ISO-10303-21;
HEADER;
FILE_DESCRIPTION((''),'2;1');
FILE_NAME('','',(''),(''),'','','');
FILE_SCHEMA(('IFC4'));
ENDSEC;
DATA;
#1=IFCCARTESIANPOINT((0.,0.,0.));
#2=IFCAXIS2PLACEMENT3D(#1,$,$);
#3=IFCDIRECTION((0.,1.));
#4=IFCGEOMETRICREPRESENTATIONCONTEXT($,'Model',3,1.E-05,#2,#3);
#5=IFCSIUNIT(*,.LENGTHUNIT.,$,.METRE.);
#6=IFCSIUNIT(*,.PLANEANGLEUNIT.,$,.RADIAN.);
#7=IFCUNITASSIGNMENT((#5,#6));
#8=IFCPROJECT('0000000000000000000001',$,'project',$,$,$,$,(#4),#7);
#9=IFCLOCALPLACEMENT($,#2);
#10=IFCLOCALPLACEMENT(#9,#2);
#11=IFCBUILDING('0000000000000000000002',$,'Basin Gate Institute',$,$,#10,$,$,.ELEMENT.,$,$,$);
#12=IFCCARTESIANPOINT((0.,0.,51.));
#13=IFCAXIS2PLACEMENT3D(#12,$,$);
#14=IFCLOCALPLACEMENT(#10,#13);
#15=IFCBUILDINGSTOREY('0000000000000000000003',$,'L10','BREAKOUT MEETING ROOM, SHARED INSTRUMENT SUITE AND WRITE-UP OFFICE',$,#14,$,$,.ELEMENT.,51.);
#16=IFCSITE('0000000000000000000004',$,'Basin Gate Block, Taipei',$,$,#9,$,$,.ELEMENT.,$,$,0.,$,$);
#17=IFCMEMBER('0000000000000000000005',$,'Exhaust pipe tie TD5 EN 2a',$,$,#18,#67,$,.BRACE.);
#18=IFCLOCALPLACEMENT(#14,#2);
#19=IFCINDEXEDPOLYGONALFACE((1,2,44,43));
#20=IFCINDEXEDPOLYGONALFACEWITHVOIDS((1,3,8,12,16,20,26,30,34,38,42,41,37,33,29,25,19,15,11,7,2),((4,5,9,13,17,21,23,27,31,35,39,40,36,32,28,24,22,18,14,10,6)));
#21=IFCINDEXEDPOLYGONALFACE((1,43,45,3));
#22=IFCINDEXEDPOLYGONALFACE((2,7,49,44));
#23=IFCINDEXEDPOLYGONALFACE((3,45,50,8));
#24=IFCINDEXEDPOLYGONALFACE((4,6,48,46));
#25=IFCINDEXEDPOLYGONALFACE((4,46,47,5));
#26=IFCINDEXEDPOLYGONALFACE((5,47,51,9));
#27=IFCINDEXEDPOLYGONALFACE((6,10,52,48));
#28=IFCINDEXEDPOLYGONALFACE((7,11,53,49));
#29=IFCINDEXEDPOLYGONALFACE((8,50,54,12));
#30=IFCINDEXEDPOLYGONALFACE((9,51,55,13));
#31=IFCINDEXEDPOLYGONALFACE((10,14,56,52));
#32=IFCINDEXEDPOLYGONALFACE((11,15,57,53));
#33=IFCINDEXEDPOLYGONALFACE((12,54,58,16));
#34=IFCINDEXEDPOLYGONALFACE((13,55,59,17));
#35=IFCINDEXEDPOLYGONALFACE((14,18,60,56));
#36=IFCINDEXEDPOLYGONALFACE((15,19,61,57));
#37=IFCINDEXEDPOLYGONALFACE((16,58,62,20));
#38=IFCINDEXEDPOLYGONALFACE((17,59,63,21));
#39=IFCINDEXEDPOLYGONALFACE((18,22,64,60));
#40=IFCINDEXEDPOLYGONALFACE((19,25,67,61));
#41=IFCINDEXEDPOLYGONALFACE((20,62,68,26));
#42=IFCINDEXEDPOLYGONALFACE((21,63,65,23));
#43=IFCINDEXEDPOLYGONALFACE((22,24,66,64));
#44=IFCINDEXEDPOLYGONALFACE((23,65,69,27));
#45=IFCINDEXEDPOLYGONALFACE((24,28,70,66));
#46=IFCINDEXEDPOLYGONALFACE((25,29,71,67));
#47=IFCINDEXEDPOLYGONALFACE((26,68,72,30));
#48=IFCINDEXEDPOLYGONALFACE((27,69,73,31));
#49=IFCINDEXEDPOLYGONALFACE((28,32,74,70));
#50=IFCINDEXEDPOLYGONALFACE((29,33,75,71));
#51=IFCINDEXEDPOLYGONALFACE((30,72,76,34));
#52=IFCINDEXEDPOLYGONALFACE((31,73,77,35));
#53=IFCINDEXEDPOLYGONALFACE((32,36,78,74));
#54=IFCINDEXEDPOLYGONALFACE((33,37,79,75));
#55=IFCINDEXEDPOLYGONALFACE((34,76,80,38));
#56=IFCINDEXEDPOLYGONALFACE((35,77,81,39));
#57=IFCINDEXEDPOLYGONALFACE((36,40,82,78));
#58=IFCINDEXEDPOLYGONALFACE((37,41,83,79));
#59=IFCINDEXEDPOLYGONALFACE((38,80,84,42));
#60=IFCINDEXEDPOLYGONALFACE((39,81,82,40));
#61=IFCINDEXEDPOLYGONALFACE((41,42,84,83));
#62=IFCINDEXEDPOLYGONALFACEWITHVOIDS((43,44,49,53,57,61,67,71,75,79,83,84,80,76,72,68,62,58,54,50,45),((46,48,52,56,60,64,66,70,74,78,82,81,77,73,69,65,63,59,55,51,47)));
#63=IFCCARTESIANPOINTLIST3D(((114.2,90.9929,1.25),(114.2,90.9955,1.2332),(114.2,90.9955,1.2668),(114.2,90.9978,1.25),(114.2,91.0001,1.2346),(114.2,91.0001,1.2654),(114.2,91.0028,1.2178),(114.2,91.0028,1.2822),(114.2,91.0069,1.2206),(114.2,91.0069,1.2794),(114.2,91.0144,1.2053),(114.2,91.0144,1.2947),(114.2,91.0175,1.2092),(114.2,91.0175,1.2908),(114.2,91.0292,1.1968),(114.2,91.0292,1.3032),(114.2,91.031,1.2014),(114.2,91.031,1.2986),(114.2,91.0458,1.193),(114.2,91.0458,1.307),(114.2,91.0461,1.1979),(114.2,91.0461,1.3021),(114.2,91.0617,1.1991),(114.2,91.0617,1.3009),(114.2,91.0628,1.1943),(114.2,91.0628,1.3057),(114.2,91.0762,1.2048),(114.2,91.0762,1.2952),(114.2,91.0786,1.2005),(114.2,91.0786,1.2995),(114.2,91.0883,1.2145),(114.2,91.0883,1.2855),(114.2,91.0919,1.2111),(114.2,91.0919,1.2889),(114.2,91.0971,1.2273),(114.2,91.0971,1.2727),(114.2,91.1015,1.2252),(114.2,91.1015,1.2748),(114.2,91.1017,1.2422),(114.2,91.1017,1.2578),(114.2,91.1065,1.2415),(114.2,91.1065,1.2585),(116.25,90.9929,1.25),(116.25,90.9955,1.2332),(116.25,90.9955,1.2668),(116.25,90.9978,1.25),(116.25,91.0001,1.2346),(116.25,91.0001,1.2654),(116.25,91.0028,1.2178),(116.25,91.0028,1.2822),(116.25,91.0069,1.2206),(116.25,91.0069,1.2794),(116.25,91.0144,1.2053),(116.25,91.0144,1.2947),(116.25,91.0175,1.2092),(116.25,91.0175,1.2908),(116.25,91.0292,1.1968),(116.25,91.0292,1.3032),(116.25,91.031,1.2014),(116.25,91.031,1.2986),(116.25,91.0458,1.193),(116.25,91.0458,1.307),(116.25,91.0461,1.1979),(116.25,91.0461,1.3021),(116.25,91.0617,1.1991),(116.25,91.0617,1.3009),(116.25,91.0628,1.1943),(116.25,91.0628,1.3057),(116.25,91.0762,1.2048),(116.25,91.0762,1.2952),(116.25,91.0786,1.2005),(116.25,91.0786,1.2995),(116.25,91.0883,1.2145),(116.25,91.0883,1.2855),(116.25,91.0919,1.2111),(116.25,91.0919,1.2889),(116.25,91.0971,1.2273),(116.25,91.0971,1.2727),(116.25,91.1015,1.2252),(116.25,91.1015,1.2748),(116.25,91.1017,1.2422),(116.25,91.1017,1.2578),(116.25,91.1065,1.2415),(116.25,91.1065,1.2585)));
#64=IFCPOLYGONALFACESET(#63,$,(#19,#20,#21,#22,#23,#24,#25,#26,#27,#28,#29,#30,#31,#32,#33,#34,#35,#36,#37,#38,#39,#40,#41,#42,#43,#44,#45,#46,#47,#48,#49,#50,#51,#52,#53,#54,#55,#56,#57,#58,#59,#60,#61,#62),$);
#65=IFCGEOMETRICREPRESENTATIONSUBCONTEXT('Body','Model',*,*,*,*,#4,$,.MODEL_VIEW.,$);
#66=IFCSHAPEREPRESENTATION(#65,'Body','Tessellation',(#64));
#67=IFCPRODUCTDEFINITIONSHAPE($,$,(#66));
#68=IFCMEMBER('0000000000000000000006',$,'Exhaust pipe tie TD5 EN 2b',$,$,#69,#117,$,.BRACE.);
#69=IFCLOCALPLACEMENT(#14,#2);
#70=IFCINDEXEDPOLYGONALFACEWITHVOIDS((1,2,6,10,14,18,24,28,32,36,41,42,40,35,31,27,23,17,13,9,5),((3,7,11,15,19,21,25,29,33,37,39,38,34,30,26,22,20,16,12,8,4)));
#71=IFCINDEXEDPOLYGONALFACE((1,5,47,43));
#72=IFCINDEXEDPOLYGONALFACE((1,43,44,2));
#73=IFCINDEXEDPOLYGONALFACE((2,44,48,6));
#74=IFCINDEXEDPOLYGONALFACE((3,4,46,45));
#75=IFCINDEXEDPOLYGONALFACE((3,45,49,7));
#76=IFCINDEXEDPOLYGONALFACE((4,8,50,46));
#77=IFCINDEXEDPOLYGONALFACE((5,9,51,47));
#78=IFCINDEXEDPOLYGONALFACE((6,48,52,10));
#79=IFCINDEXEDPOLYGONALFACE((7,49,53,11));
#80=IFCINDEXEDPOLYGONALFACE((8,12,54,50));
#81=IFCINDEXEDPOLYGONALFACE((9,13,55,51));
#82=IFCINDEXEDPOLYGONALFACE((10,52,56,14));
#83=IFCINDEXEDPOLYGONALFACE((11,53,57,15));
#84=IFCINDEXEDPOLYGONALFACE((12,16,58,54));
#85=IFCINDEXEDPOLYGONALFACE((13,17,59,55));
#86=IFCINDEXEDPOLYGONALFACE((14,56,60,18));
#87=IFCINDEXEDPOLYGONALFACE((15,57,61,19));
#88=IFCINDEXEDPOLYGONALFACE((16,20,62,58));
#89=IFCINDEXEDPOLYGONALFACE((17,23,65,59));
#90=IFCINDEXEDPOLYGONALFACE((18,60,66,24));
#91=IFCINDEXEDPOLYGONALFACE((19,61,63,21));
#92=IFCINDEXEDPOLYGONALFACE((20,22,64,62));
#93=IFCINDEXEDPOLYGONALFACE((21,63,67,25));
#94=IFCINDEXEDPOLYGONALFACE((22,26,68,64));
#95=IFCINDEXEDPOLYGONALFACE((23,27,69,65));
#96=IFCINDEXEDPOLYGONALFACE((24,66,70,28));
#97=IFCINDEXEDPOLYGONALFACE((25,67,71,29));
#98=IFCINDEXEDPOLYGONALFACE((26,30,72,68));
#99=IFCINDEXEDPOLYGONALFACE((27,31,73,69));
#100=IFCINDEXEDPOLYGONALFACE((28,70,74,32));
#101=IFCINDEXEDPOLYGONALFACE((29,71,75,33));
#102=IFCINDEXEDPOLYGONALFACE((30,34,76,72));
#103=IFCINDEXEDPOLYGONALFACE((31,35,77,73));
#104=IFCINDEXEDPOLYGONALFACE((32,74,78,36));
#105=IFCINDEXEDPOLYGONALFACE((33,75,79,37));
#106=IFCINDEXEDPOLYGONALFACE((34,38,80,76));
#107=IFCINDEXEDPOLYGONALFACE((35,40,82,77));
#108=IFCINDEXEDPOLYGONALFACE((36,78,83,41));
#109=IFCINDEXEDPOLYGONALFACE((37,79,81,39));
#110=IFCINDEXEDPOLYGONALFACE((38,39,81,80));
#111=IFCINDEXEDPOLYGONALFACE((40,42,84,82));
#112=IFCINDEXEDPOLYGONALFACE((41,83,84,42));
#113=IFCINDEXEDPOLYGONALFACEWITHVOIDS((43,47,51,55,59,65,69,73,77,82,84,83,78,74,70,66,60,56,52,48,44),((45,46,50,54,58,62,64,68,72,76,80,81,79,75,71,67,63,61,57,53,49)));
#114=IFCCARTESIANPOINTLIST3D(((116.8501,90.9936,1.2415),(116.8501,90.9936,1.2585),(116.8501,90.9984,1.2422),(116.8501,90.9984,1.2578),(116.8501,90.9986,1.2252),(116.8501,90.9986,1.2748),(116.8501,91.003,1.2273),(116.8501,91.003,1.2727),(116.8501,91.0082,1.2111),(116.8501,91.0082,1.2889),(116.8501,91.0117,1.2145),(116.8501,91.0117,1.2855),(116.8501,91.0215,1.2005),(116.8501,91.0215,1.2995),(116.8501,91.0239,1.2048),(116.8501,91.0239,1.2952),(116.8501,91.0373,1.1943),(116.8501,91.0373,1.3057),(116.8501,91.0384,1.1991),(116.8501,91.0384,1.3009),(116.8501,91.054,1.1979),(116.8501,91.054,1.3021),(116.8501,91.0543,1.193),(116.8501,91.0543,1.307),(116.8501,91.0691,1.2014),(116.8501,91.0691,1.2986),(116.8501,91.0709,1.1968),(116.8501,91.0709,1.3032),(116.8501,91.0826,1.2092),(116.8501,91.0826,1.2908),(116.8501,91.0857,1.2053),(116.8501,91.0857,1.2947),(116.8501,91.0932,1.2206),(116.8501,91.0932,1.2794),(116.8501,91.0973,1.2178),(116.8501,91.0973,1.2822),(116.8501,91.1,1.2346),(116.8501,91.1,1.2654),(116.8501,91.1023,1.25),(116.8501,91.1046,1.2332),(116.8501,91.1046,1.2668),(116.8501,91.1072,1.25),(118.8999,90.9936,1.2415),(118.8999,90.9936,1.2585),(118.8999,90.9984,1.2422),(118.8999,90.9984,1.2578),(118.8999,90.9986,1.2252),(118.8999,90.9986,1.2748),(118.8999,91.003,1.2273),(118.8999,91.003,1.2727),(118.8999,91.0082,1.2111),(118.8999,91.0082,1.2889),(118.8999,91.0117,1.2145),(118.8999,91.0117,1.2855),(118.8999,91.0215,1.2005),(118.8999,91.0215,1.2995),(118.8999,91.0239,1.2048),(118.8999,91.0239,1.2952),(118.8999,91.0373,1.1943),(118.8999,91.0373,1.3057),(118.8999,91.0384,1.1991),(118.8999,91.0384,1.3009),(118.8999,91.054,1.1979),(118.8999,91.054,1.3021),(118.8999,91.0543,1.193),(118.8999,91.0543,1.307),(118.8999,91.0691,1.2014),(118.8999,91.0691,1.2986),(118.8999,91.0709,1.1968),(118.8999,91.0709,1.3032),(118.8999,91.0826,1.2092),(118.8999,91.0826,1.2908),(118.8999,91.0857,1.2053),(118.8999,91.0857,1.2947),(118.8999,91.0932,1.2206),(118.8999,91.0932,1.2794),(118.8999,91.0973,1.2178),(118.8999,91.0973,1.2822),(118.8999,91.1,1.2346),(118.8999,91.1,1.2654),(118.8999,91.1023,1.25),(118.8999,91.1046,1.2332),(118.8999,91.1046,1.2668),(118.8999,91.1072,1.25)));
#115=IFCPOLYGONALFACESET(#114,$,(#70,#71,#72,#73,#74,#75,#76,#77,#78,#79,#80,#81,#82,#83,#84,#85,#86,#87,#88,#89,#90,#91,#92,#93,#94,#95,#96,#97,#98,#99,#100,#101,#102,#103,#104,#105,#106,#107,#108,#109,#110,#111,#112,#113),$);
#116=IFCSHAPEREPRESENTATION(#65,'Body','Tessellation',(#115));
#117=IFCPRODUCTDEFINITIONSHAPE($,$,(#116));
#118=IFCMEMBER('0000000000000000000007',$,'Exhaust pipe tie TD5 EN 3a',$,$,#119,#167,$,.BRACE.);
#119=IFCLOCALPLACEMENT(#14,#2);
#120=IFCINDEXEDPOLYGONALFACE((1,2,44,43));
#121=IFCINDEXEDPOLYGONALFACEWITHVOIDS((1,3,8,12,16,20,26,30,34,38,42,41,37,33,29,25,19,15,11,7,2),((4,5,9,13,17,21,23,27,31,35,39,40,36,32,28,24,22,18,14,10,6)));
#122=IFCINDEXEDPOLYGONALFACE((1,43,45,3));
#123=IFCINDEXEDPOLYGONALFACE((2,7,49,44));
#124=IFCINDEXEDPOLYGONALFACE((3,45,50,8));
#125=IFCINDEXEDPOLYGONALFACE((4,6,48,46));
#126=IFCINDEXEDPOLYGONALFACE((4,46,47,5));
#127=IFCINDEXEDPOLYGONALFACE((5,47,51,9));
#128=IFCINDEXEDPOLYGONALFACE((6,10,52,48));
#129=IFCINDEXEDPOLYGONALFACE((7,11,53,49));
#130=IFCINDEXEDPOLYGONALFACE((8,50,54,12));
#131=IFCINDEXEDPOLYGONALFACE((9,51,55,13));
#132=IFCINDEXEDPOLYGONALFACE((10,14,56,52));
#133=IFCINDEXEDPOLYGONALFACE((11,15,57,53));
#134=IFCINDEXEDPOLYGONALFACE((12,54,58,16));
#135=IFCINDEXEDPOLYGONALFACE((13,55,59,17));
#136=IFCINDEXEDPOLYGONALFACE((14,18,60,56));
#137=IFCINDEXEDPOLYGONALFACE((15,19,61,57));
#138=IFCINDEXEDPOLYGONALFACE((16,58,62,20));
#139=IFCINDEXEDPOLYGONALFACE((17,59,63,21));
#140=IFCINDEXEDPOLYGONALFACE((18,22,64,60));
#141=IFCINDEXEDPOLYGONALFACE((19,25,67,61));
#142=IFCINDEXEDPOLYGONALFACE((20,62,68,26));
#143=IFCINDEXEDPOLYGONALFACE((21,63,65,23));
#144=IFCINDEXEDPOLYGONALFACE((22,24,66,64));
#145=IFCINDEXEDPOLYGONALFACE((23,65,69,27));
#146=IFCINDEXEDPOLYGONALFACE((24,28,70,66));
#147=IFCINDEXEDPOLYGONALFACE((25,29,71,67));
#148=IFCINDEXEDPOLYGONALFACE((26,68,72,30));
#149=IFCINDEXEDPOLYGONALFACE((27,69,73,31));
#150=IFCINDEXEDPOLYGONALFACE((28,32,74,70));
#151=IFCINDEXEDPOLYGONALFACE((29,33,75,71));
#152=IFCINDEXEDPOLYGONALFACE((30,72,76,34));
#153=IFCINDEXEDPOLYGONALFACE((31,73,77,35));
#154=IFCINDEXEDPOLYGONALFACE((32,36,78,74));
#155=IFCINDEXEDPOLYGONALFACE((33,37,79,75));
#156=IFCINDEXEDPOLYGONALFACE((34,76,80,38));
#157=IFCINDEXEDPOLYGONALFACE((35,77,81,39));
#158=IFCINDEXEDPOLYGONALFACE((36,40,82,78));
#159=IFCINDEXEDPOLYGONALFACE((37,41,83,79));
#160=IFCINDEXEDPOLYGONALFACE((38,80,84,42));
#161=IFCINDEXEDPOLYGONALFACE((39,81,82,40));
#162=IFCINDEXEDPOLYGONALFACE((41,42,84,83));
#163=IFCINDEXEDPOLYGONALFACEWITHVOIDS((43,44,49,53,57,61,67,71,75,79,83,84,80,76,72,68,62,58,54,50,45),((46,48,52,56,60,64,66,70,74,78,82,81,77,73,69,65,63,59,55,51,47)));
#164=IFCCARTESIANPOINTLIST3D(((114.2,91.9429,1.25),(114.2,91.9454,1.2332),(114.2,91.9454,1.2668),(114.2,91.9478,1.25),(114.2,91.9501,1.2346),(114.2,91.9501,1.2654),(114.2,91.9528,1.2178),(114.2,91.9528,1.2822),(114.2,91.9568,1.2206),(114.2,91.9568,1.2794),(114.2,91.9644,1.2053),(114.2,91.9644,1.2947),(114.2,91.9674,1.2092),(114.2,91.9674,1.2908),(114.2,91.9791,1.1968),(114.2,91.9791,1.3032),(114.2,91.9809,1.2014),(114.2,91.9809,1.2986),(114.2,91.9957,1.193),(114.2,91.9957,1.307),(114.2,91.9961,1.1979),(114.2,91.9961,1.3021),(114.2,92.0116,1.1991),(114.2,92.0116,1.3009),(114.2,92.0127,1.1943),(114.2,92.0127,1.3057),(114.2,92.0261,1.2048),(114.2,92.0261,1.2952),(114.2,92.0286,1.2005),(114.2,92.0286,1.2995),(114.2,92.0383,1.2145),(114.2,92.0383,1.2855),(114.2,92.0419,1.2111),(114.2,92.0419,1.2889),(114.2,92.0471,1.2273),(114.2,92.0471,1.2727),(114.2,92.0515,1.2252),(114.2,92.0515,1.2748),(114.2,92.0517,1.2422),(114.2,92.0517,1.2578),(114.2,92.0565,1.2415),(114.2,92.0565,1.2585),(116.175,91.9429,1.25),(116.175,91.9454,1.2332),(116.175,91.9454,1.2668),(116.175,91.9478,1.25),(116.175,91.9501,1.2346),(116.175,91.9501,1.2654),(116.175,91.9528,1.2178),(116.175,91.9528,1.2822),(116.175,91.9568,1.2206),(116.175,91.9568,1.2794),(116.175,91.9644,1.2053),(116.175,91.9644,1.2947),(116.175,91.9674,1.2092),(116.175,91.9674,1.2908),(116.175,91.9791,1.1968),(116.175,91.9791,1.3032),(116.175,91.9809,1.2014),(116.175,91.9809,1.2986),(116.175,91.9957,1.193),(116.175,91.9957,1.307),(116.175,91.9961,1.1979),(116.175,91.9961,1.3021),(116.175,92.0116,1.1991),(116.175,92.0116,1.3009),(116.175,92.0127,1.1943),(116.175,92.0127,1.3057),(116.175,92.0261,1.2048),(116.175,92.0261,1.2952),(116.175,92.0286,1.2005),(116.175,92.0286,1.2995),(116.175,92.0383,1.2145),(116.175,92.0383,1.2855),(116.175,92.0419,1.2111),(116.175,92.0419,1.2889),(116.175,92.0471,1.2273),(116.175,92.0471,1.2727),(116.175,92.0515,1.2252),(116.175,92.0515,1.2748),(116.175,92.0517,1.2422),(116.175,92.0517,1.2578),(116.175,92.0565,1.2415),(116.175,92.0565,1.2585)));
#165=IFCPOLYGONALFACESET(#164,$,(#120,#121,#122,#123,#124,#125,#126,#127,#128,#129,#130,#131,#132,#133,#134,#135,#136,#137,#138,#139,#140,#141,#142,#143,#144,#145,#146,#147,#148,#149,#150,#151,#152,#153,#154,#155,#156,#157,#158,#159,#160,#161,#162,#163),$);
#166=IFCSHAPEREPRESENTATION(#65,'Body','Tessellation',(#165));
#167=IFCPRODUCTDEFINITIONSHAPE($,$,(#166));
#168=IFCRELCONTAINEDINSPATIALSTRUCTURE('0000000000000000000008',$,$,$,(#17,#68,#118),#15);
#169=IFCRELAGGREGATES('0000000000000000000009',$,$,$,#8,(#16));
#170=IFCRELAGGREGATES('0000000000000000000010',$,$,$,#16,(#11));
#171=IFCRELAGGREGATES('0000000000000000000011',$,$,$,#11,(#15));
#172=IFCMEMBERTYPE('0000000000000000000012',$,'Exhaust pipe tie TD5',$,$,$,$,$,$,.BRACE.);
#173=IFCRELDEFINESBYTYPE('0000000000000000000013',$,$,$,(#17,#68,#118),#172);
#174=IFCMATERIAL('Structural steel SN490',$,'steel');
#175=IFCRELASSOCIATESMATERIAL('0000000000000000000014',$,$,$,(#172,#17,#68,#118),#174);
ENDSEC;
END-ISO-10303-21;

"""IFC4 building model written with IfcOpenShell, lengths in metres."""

from ifc_helpers import new_model, si_unit, direction, frame, origin, origin_2d, place, context, subcontext, project, spatial, hollow_circle, extrude, material, material_profile, profile_set, type_object, element, save


model = new_model("IFC4")

# Units and contexts
model_context = context("Model", 3, precision=1e-05, world=origin(), true_north=direction((0.0, 1.0)))
body_context = subcontext(model_context, "Body", "Model", "MODEL_VIEW")
ifc_project = project(units=[si_unit("LENGTHUNIT", "METRE"), si_unit("PLANEANGLEUNIT", "RADIAN")], contexts=[model_context])

# Site, building, storey
site_placement = place(None, origin())
site = spatial("IfcSite", under=ifc_project, at=site_placement, Name="Basin Gate Block, Taipei", CompositionType="ELEMENT", RefElevation=0.0)
building_placement = place(site_placement, origin())
building = spatial("IfcBuilding", under=site, at=building_placement, Name="Basin Gate Institute", CompositionType="ELEMENT")
storey_placement = place(building_placement, frame((0.0, 0.0, 51.0)))
storey = spatial("IfcBuildingStorey", under=building, at=storey_placement, Name="L10", Description="BREAKOUT MEETING ROOM, SHARED INSTRUMENT SUITE AND WRITE-UP OFFICE", CompositionType="ELEMENT", Elevation=51.0)

# Members
ifc_material_1 = material(Name="Structural steel SN490", Category="steel")
ifc_material_profile_1 = material_profile(ifc_material_1, hollow_circle(Radius=0.0571, WallThickness=0.0049, at=origin_2d()), Name="CHS114x5")
ifc_profile_set_1 = profile_set([ifc_material_profile_1], Name="Structural steel SN490")
member_type_1 = type_object("IfcMemberType", Name="Exhaust pipe tie TD5", PredefinedType="BRACE", material=ifc_profile_set_1)
member_1_placement = place(storey_placement, frame((116.25, 91.05, 1.25), z_axis=(-1.0, 0.0, 0.0), x_axis=(0.0, -1.0, 0.0)))
element("IfcMember", 1, at=member_1_placement, inside=storey, type_object=member_type_1, material=ifc_profile_set_1, Name="Exhaust pipe tie TD5 EN 2a", PredefinedType="BRACE", context=body_context, shape_type="SweptSolid", body=[
    extrude(hollow_circle(Radius=0.0571, WallThickness=0.0049, at=origin_2d()), origin(), (0.0, 0.0, 1.0), 2.05),
])
member_2_placement = place(storey_placement, frame((116.8501, 91.05, 1.25), z_axis=(1.0, 0.0, 0.0), x_axis=(0.0, 1.0, 0.0)))
element("IfcMember", 2, at=member_2_placement, inside=storey, type_object=member_type_1, material=ifc_profile_set_1, Name="Exhaust pipe tie TD5 EN 2b", PredefinedType="BRACE", context=body_context, shape_type="SweptSolid", body=[
    extrude(hollow_circle(Radius=0.0571, WallThickness=0.0049, at=origin_2d()), origin(), (0.0, 0.0, 1.0), 2.0498),
])
member_3_placement = place(storey_placement, frame((116.175, 92.0, 1.25), z_axis=(-1.0, 0.0, 0.0), x_axis=(0.0, -1.0, 0.0)))
element("IfcMember", 3, at=member_3_placement, inside=storey, type_object=member_type_1, material=ifc_profile_set_1, Name="Exhaust pipe tie TD5 EN 3a", PredefinedType="BRACE", context=body_context, shape_type="SweptSolid", body=[
    extrude(hollow_circle(Radius=0.0571, WallThickness=0.0049, at=origin_2d()), origin(), (0.0, 0.0, 1.0), 1.9751),
])

save(model, "model.ifc")
